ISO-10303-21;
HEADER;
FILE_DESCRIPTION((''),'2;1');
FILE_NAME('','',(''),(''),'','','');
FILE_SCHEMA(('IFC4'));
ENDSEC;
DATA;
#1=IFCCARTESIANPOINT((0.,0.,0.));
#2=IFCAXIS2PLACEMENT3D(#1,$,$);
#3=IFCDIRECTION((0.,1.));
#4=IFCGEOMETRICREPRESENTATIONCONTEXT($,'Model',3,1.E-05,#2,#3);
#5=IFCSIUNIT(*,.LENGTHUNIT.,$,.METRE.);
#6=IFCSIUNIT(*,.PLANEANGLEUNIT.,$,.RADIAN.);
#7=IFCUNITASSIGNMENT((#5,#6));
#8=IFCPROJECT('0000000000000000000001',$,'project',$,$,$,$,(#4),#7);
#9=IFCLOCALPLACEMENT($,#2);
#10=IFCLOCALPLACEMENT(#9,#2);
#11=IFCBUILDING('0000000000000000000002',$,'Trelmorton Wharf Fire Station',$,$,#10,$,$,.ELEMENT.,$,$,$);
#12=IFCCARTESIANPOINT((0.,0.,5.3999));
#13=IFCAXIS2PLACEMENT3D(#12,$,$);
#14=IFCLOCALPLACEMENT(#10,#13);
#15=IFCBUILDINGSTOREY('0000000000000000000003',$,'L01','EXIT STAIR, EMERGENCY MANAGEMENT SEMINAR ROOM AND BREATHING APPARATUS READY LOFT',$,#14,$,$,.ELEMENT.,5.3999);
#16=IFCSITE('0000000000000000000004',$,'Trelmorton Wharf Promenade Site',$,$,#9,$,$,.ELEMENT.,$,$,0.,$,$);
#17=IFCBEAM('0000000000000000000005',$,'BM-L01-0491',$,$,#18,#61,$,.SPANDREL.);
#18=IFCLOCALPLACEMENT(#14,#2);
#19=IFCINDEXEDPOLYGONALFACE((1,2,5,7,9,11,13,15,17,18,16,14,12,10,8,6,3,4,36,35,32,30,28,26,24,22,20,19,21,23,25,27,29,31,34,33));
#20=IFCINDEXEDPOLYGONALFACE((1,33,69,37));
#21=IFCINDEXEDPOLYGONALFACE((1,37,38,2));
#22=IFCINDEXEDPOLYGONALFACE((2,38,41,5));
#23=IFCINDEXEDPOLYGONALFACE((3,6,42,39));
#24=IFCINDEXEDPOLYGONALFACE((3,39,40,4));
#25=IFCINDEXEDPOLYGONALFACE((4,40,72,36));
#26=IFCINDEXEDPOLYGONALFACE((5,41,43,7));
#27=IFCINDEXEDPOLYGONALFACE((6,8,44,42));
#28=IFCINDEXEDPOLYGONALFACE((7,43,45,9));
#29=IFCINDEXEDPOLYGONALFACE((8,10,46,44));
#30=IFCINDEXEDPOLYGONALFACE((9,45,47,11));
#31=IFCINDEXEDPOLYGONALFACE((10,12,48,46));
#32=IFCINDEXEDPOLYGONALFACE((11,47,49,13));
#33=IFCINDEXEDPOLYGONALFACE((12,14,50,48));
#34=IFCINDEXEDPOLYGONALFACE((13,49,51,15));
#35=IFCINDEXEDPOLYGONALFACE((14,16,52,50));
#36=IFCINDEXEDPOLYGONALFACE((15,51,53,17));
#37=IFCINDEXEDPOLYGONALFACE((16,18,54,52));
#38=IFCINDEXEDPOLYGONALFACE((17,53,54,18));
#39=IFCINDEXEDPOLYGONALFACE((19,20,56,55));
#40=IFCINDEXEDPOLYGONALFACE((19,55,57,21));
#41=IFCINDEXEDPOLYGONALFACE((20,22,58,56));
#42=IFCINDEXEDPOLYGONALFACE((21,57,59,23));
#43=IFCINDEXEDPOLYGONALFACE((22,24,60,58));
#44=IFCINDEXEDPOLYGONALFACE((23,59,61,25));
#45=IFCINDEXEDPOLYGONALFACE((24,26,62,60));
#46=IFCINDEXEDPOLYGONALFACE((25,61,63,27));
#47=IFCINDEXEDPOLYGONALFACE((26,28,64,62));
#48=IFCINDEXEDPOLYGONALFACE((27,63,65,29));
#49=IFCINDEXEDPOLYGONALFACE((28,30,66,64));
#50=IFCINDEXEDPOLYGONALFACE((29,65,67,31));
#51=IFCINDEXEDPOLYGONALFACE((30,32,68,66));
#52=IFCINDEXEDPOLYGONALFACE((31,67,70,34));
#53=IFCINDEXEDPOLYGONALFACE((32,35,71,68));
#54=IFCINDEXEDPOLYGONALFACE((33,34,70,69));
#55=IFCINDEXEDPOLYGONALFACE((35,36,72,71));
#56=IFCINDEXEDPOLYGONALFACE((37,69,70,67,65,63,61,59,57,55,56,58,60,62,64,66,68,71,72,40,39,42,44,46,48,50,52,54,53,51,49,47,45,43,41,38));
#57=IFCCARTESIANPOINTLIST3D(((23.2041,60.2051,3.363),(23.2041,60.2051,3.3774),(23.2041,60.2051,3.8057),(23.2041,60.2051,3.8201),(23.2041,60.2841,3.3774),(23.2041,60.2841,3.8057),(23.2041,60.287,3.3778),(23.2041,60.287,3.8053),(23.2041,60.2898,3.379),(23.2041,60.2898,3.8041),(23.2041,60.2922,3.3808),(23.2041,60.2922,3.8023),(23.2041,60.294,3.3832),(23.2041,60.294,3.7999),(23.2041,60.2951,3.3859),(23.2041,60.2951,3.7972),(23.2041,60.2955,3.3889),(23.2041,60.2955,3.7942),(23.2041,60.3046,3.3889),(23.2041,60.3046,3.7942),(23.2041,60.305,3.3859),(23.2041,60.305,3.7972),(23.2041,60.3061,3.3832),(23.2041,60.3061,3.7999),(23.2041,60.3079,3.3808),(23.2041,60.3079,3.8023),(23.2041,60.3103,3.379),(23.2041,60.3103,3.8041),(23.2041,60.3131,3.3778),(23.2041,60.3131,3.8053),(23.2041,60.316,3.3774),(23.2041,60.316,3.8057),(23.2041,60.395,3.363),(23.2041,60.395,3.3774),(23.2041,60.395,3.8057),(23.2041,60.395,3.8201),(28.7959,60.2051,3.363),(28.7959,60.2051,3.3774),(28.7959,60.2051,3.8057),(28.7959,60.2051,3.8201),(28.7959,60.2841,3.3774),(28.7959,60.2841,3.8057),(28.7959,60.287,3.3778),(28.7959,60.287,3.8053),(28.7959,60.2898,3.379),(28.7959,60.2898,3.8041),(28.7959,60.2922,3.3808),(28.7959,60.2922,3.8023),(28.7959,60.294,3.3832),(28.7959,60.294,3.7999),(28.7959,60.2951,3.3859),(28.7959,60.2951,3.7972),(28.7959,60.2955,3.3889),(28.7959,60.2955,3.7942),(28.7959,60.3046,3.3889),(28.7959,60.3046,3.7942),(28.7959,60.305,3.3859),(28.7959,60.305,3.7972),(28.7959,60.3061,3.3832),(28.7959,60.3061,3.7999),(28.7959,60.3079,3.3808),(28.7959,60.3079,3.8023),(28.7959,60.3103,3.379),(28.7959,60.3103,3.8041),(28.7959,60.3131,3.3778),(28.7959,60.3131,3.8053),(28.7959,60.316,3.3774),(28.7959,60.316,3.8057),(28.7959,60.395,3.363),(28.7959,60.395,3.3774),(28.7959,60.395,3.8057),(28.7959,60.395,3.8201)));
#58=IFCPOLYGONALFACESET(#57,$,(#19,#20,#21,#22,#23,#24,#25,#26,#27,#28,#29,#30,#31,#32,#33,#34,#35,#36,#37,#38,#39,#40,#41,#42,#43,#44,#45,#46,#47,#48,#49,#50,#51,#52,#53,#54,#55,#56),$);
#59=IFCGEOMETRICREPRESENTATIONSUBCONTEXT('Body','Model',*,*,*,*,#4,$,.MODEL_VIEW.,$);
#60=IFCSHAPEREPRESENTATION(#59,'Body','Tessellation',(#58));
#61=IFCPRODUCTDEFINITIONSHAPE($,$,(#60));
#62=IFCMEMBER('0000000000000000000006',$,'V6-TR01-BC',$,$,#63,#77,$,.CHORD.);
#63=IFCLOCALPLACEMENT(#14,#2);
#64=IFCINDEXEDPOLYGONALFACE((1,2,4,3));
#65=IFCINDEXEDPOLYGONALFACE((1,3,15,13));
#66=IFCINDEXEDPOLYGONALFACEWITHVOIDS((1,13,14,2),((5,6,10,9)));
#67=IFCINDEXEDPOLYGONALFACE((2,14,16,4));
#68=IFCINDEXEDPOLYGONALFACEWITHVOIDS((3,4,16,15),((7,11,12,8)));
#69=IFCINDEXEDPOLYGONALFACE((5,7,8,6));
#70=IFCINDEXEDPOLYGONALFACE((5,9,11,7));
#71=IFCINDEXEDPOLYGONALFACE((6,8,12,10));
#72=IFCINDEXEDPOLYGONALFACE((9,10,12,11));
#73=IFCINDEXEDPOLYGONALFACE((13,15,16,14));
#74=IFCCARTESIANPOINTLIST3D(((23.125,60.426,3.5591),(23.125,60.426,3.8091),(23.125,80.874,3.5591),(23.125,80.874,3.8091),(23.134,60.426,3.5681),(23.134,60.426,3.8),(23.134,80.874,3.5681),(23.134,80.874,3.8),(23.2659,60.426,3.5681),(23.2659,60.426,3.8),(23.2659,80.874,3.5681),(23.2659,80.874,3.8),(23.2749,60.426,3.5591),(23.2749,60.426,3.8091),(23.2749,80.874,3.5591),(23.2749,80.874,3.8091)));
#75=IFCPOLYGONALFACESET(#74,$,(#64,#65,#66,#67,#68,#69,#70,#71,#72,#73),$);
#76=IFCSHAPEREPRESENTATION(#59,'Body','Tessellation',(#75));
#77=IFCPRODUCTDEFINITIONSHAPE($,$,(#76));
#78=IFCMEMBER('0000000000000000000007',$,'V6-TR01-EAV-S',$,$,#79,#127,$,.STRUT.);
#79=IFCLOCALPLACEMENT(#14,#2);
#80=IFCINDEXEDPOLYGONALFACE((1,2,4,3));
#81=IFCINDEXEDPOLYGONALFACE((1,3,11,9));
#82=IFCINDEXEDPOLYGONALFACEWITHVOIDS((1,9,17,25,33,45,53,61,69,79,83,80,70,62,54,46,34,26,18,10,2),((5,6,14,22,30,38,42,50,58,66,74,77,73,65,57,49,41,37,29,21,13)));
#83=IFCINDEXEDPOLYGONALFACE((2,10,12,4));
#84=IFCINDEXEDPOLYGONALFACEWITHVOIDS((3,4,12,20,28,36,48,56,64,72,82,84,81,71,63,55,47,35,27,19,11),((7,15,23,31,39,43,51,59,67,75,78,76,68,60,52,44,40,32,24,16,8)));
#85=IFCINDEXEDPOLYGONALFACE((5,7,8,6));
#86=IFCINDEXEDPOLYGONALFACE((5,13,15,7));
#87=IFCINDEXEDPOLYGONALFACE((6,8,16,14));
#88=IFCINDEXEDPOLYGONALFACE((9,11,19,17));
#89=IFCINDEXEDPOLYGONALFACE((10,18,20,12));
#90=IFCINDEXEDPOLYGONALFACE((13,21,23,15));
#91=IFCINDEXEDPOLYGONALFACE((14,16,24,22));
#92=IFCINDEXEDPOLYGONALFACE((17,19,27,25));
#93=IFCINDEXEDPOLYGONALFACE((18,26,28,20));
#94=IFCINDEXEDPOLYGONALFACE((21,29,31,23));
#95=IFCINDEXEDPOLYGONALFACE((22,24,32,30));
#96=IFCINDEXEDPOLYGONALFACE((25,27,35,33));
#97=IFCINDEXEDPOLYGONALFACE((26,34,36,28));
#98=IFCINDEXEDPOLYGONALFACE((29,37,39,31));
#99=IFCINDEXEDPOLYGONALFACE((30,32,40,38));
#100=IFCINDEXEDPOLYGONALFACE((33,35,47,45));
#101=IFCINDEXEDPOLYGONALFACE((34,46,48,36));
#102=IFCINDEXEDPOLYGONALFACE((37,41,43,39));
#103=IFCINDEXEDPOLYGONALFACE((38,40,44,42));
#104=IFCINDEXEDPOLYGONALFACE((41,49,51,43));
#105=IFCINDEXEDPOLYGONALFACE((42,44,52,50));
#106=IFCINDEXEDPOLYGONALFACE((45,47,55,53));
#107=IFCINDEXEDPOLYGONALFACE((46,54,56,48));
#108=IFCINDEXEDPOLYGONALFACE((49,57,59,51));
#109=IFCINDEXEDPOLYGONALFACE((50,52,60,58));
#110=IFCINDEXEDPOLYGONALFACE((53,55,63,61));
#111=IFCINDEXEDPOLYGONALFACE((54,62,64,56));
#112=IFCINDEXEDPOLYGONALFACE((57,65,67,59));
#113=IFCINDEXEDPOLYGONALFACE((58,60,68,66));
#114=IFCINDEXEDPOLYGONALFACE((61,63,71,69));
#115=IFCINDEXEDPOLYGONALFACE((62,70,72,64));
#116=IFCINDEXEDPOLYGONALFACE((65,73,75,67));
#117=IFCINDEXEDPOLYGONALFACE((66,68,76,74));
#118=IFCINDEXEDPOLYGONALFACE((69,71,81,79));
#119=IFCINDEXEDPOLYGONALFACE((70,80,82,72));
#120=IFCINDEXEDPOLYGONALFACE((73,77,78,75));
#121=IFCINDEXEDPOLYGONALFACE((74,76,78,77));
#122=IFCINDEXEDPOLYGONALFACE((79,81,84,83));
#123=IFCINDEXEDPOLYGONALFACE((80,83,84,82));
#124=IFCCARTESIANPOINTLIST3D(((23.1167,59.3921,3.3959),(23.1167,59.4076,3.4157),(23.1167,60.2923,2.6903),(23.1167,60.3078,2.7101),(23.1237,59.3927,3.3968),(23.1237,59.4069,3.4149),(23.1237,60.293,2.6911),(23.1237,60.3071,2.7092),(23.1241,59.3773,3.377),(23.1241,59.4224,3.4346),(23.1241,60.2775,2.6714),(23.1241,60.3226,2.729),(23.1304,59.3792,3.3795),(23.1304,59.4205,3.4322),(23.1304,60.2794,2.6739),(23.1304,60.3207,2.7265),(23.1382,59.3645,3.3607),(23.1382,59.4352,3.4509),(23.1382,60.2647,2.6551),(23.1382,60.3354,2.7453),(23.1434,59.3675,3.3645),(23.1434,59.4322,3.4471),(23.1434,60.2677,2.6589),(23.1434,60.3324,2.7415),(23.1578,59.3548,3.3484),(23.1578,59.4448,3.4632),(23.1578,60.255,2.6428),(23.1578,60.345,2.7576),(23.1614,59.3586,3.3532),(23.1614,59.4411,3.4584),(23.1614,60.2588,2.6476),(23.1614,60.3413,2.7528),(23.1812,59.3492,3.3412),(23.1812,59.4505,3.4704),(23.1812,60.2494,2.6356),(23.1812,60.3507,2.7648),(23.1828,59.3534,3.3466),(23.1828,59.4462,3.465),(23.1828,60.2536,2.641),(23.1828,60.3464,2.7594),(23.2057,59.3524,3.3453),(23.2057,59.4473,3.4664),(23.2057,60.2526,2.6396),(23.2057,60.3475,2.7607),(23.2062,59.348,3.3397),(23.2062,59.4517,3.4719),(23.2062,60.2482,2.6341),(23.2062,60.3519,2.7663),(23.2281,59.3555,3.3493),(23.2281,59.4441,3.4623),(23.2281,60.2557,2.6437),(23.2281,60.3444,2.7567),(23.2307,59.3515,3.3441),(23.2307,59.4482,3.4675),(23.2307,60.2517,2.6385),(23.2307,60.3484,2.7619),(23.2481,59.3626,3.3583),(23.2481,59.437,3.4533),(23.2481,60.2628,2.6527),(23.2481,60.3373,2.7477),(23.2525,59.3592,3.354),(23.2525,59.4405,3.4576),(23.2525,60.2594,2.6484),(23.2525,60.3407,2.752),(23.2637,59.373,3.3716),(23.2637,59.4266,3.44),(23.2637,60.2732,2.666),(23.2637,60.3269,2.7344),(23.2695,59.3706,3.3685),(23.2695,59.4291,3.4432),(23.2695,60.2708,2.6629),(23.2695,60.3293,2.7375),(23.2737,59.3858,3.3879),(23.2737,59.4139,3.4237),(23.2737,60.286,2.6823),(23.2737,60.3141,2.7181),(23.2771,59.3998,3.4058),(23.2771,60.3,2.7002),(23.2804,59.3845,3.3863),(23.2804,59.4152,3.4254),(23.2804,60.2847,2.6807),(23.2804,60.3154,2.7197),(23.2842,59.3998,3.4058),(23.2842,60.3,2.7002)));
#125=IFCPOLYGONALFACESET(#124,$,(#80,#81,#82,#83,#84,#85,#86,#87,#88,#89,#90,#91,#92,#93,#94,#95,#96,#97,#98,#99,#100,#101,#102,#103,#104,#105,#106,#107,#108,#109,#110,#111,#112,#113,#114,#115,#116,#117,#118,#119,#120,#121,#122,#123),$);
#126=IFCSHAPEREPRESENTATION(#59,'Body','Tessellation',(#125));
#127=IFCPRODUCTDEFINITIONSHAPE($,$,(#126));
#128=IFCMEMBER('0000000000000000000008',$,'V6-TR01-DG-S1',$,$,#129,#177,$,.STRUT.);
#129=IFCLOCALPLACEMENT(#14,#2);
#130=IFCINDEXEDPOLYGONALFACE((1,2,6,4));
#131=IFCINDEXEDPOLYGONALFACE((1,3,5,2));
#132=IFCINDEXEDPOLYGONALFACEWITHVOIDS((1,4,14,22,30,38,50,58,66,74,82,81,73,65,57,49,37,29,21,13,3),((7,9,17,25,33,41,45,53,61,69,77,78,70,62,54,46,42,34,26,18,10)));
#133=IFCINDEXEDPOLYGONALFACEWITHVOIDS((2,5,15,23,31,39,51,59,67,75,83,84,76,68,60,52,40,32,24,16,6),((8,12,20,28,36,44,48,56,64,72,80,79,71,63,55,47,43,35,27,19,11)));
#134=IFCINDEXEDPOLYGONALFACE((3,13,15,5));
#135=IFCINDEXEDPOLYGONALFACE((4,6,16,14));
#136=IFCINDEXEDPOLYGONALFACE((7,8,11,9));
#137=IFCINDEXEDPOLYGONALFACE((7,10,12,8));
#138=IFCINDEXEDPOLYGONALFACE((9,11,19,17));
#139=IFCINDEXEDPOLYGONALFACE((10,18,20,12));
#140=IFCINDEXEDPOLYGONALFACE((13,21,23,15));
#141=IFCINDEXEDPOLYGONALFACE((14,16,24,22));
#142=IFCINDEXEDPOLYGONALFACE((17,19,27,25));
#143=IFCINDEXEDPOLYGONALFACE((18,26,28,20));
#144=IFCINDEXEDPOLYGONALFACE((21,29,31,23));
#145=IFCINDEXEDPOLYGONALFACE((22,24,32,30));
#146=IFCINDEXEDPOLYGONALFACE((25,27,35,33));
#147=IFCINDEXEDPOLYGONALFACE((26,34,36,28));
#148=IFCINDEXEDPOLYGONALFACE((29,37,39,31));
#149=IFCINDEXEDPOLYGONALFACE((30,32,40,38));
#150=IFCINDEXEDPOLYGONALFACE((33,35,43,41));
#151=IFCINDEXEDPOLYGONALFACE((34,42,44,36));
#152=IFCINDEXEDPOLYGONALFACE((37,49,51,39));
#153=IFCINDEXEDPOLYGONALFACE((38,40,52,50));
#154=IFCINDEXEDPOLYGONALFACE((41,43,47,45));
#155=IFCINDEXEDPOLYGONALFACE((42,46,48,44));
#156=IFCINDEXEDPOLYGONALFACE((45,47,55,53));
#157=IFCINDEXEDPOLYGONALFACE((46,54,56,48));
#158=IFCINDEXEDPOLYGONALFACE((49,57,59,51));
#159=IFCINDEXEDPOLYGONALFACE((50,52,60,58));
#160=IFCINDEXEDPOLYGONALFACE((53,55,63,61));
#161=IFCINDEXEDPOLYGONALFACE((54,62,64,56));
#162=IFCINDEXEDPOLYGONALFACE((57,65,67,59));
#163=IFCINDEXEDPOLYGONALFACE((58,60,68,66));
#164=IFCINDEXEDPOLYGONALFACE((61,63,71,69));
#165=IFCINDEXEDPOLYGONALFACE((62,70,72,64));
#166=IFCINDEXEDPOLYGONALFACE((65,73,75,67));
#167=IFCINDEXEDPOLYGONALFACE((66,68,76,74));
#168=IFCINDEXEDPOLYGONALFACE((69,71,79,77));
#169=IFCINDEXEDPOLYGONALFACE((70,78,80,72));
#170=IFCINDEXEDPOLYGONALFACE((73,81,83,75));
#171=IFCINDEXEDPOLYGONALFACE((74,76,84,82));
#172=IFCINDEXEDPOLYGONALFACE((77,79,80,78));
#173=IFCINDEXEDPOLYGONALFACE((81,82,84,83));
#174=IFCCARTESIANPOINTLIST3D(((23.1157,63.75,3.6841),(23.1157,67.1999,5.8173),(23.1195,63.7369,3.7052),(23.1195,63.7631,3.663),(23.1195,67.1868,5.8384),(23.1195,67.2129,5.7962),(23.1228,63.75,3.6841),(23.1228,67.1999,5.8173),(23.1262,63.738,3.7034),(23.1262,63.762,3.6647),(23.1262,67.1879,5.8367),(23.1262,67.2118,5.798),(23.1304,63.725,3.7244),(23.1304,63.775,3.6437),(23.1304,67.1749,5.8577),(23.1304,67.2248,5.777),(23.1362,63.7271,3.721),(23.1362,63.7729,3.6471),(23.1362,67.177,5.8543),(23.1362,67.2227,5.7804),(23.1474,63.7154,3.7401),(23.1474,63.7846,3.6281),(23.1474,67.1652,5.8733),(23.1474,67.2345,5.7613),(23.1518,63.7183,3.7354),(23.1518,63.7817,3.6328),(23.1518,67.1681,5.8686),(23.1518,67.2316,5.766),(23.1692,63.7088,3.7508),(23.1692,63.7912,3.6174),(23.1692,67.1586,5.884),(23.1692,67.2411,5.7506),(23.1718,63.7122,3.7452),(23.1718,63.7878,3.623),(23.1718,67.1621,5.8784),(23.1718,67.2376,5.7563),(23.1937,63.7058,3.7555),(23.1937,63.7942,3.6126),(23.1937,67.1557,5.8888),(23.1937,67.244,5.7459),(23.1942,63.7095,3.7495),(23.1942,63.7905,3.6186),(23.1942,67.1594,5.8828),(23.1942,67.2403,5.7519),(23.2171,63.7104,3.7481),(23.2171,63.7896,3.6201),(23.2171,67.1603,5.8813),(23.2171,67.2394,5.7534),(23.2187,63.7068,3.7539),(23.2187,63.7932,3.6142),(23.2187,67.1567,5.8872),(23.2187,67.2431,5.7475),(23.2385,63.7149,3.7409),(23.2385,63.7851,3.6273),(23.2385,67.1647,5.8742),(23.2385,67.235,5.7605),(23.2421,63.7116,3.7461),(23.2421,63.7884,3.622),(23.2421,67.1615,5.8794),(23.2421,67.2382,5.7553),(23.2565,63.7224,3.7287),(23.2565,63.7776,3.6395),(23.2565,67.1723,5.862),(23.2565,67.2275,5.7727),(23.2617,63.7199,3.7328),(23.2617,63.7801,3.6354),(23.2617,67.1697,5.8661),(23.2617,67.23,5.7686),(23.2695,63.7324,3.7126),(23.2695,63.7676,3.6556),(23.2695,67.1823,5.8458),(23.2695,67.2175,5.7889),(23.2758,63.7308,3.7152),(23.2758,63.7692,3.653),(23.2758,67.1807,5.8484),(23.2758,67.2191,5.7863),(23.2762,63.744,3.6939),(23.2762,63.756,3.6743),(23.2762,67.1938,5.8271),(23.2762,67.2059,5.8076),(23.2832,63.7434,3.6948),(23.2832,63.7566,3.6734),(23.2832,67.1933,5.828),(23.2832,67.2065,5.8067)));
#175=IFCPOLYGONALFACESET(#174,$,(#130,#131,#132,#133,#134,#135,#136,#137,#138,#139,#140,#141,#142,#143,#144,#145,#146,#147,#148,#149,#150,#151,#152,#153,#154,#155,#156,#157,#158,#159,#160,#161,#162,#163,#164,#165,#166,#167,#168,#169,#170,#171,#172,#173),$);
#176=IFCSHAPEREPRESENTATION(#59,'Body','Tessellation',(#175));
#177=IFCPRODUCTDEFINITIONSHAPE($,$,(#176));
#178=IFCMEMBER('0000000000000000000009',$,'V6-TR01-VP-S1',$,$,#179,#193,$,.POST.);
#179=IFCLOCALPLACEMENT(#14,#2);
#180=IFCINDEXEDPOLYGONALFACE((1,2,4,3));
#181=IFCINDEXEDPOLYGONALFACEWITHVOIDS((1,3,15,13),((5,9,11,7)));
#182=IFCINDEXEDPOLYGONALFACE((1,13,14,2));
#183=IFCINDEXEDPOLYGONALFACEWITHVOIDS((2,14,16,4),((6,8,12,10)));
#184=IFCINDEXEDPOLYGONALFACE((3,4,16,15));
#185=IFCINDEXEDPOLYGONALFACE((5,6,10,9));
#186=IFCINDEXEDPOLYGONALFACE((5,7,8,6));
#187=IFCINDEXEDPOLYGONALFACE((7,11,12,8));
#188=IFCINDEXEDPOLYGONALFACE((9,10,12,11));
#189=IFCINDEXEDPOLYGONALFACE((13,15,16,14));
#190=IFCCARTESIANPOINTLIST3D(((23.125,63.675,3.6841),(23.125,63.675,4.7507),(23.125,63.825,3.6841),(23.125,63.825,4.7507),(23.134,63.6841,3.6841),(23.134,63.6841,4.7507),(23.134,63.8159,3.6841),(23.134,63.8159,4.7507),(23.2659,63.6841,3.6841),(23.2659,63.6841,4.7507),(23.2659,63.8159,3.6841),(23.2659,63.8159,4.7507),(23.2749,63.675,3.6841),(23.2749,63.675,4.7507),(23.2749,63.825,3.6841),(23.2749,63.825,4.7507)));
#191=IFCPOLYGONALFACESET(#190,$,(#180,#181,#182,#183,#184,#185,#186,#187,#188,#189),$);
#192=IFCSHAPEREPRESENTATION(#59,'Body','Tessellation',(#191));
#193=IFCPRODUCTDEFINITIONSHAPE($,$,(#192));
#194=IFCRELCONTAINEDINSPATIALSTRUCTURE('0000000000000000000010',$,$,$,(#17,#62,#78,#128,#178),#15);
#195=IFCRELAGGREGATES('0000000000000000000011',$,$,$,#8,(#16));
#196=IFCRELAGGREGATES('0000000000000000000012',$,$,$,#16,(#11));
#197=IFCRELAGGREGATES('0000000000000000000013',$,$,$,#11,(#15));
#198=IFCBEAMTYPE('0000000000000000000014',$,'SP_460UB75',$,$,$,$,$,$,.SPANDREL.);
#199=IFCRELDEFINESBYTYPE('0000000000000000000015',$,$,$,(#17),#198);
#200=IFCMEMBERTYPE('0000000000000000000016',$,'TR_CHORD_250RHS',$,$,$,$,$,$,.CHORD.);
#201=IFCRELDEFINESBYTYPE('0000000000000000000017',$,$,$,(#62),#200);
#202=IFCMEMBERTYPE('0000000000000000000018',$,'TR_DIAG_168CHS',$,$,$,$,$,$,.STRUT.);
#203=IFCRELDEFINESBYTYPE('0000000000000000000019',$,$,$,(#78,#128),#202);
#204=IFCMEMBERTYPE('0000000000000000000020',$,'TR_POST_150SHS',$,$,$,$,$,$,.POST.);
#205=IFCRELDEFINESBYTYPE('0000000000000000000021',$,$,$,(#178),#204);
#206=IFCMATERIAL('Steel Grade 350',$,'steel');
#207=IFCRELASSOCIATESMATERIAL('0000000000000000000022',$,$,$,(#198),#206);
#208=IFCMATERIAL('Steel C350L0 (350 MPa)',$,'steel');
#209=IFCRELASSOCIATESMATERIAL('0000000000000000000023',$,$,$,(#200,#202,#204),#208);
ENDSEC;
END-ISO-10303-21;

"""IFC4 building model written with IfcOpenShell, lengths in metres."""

from ifc_helpers import new_model, si_unit, direction, frame, origin, origin_2d, place, context, subcontext, project, spatial, hollow_rectangle, hollow_circle, i_section, extrude, material, material_profile, profile_set, type_object, element, save


model = new_model("IFC4")

# Units and contexts
model_context = context("Model", 3, precision=1e-05, world=origin(), true_north=direction((0.0, 1.0)))
body_context = subcontext(model_context, "Body", "Model", "MODEL_VIEW")
ifc_project = project(units=[si_unit("LENGTHUNIT", "METRE"), si_unit("PLANEANGLEUNIT", "RADIAN")], contexts=[model_context])

# Site, building, storey
site_placement = place(None, origin())
site = spatial("IfcSite", under=ifc_project, at=site_placement, Name="Trelmorton Wharf Promenade Site", CompositionType="ELEMENT", RefElevation=0.0)
building_placement = place(site_placement, origin())
building = spatial("IfcBuilding", under=site, at=building_placement, Name="Trelmorton Wharf Fire Station", CompositionType="ELEMENT")
storey_placement = place(building_placement, frame((0.0, 0.0, 5.3999)))
storey = spatial("IfcBuildingStorey", under=building, at=storey_placement, Name="L01", Description="EXIT STAIR, EMERGENCY MANAGEMENT SEMINAR ROOM AND BREATHING APPARATUS READY LOFT", CompositionType="ELEMENT", Elevation=5.3999)

# Shared definitions
ifc_material_1 = material(Name="Steel C350L0 (350 MPa)", Category="steel")

# Beam
ifc_material_2 = material(Name="Steel Grade 350", Category="steel")
ifc_material_profile_1 = material_profile(ifc_material_2, i_section(OverallWidth=0.1899, OverallDepth=0.457, WebThickness=0.009, FlangeThickness=0.0144, FilletRadius=0.0115, at=origin_2d()), Name="460UB74.6")
ifc_profile_set_1 = profile_set([ifc_material_profile_1], Name="Steel Grade 350")
beam_type = type_object("IfcBeamType", Name="SP_460UB75", PredefinedType="SPANDREL", material=ifc_profile_set_1)
beam_placement = place(storey_placement, frame((23.2041, 60.3, 3.5916), z_axis=(1.0, 0.0, 0.0), x_axis=(0.0, 1.0, 0.0)))
element("IfcBeam", 1, at=beam_placement, inside=storey, type_object=beam_type, Name="BM-L01-0491", PredefinedType="SPANDREL", context=body_context, shape_type="SweptSolid", body=[
    extrude(i_section(OverallWidth=0.1899, OverallDepth=0.457, WebThickness=0.009, FlangeThickness=0.0144, FilletRadius=0.0115, at=origin_2d()), origin(), (0.0, 0.0, 1.0), 5.5918),
])

# Members
ifc_material_profile_2 = material_profile(ifc_material_1, hollow_rectangle(XDim=0.1499, YDim=0.25, WallThickness=0.009, at=origin_2d()), Name="250x150x9.0RHS")
ifc_profile_set_2 = profile_set([ifc_material_profile_2], Name="Steel C350L0 (350 MPa)")
member_type_1 = type_object("IfcMemberType", Name="TR_CHORD_250RHS", PredefinedType="CHORD", material=ifc_profile_set_2)
member_1_placement = place(storey_placement, frame((23.2, 60.426, 3.6841), z_axis=(0.0, 1.0, 0.0), x_axis=(-1.0, 0.0, 0.0)))
element("IfcMember", 2, at=member_1_placement, inside=storey, type_object=member_type_1, Name="V6-TR01-BC", PredefinedType="CHORD", context=body_context, shape_type="SweptSolid", body=[
    extrude(hollow_rectangle(XDim=0.1499, YDim=0.25, WallThickness=0.009, at=origin_2d()), origin(), (0.0, 0.0, 1.0), 20.448),
])
ifc_material_profile_3 = material_profile(ifc_material_1, hollow_circle(Radius=0.0842, WallThickness=0.0071, at=origin_2d()), Name="168.3x7.1CHS")
ifc_profile_set_3 = profile_set([ifc_material_profile_3], Name="Steel C350L0 (350 MPa)")
member_type_2 = type_object("IfcMemberType", Name="TR_DIAG_168CHS", PredefinedType="STRUT", material=ifc_profile_set_3)
member_2_placement = place(storey_placement, frame((23.2, 60.3, 2.7002), z_axis=(0.0, -0.787036, 0.616907), x_axis=(1.0, 0.0, 0.0)))
element("IfcMember", 3, at=member_2_placement, inside=storey, type_object=member_type_2, Name="V6-TR01-EAV-S", PredefinedType="STRUT", context=body_context, shape_type="SweptSolid", body=[
    extrude(hollow_circle(Radius=0.0842, WallThickness=0.0071, at=origin_2d()), origin(), (0.0, 0.0, 1.0), 1.1438),
])
member_3_placement = place(storey_placement, frame((23.2, 63.75, 3.6841), z_axis=(0.0, 0.850528, 0.52593), x_axis=(-1.0, 0.0, 0.0)))
element("IfcMember", 4, at=member_3_placement, inside=storey, type_object=member_type_2, Name="V6-TR01-DG-S1", PredefinedType="STRUT", context=body_context, shape_type="SweptSolid", body=[
    extrude(hollow_circle(Radius=0.0842, WallThickness=0.0071, at=origin_2d()), origin(), (0.0, 0.0, 1.0), 4.0562),
])
ifc_material_profile_4 = material_profile(ifc_material_1, hollow_rectangle(XDim=0.1499, YDim=0.1499, WallThickness=0.009, at=origin_2d()), Name="150x150x9.0SHS")
ifc_profile_set_4 = profile_set([ifc_material_profile_4], Name="Steel C350L0 (350 MPa)")
member_type_3 = type_object("IfcMemberType", Name="TR_POST_150SHS", PredefinedType="POST", material=ifc_profile_set_4)
member_4_placement = place(storey_placement, frame((23.2, 63.75, 3.6841), z_axis=(0.0, 0.0, 1.0), x_axis=(1.0, 0.0, 0.0)))
element("IfcMember", 5, at=member_4_placement, inside=storey, type_object=member_type_3, Name="V6-TR01-VP-S1", PredefinedType="POST", context=body_context, shape_type="SweptSolid", body=[
    extrude(hollow_rectangle(XDim=0.1499, YDim=0.1499, WallThickness=0.009, at=origin_2d()), origin(), (0.0, 0.0, 1.0), 1.0667),
])

save(model, "model.ifc")
